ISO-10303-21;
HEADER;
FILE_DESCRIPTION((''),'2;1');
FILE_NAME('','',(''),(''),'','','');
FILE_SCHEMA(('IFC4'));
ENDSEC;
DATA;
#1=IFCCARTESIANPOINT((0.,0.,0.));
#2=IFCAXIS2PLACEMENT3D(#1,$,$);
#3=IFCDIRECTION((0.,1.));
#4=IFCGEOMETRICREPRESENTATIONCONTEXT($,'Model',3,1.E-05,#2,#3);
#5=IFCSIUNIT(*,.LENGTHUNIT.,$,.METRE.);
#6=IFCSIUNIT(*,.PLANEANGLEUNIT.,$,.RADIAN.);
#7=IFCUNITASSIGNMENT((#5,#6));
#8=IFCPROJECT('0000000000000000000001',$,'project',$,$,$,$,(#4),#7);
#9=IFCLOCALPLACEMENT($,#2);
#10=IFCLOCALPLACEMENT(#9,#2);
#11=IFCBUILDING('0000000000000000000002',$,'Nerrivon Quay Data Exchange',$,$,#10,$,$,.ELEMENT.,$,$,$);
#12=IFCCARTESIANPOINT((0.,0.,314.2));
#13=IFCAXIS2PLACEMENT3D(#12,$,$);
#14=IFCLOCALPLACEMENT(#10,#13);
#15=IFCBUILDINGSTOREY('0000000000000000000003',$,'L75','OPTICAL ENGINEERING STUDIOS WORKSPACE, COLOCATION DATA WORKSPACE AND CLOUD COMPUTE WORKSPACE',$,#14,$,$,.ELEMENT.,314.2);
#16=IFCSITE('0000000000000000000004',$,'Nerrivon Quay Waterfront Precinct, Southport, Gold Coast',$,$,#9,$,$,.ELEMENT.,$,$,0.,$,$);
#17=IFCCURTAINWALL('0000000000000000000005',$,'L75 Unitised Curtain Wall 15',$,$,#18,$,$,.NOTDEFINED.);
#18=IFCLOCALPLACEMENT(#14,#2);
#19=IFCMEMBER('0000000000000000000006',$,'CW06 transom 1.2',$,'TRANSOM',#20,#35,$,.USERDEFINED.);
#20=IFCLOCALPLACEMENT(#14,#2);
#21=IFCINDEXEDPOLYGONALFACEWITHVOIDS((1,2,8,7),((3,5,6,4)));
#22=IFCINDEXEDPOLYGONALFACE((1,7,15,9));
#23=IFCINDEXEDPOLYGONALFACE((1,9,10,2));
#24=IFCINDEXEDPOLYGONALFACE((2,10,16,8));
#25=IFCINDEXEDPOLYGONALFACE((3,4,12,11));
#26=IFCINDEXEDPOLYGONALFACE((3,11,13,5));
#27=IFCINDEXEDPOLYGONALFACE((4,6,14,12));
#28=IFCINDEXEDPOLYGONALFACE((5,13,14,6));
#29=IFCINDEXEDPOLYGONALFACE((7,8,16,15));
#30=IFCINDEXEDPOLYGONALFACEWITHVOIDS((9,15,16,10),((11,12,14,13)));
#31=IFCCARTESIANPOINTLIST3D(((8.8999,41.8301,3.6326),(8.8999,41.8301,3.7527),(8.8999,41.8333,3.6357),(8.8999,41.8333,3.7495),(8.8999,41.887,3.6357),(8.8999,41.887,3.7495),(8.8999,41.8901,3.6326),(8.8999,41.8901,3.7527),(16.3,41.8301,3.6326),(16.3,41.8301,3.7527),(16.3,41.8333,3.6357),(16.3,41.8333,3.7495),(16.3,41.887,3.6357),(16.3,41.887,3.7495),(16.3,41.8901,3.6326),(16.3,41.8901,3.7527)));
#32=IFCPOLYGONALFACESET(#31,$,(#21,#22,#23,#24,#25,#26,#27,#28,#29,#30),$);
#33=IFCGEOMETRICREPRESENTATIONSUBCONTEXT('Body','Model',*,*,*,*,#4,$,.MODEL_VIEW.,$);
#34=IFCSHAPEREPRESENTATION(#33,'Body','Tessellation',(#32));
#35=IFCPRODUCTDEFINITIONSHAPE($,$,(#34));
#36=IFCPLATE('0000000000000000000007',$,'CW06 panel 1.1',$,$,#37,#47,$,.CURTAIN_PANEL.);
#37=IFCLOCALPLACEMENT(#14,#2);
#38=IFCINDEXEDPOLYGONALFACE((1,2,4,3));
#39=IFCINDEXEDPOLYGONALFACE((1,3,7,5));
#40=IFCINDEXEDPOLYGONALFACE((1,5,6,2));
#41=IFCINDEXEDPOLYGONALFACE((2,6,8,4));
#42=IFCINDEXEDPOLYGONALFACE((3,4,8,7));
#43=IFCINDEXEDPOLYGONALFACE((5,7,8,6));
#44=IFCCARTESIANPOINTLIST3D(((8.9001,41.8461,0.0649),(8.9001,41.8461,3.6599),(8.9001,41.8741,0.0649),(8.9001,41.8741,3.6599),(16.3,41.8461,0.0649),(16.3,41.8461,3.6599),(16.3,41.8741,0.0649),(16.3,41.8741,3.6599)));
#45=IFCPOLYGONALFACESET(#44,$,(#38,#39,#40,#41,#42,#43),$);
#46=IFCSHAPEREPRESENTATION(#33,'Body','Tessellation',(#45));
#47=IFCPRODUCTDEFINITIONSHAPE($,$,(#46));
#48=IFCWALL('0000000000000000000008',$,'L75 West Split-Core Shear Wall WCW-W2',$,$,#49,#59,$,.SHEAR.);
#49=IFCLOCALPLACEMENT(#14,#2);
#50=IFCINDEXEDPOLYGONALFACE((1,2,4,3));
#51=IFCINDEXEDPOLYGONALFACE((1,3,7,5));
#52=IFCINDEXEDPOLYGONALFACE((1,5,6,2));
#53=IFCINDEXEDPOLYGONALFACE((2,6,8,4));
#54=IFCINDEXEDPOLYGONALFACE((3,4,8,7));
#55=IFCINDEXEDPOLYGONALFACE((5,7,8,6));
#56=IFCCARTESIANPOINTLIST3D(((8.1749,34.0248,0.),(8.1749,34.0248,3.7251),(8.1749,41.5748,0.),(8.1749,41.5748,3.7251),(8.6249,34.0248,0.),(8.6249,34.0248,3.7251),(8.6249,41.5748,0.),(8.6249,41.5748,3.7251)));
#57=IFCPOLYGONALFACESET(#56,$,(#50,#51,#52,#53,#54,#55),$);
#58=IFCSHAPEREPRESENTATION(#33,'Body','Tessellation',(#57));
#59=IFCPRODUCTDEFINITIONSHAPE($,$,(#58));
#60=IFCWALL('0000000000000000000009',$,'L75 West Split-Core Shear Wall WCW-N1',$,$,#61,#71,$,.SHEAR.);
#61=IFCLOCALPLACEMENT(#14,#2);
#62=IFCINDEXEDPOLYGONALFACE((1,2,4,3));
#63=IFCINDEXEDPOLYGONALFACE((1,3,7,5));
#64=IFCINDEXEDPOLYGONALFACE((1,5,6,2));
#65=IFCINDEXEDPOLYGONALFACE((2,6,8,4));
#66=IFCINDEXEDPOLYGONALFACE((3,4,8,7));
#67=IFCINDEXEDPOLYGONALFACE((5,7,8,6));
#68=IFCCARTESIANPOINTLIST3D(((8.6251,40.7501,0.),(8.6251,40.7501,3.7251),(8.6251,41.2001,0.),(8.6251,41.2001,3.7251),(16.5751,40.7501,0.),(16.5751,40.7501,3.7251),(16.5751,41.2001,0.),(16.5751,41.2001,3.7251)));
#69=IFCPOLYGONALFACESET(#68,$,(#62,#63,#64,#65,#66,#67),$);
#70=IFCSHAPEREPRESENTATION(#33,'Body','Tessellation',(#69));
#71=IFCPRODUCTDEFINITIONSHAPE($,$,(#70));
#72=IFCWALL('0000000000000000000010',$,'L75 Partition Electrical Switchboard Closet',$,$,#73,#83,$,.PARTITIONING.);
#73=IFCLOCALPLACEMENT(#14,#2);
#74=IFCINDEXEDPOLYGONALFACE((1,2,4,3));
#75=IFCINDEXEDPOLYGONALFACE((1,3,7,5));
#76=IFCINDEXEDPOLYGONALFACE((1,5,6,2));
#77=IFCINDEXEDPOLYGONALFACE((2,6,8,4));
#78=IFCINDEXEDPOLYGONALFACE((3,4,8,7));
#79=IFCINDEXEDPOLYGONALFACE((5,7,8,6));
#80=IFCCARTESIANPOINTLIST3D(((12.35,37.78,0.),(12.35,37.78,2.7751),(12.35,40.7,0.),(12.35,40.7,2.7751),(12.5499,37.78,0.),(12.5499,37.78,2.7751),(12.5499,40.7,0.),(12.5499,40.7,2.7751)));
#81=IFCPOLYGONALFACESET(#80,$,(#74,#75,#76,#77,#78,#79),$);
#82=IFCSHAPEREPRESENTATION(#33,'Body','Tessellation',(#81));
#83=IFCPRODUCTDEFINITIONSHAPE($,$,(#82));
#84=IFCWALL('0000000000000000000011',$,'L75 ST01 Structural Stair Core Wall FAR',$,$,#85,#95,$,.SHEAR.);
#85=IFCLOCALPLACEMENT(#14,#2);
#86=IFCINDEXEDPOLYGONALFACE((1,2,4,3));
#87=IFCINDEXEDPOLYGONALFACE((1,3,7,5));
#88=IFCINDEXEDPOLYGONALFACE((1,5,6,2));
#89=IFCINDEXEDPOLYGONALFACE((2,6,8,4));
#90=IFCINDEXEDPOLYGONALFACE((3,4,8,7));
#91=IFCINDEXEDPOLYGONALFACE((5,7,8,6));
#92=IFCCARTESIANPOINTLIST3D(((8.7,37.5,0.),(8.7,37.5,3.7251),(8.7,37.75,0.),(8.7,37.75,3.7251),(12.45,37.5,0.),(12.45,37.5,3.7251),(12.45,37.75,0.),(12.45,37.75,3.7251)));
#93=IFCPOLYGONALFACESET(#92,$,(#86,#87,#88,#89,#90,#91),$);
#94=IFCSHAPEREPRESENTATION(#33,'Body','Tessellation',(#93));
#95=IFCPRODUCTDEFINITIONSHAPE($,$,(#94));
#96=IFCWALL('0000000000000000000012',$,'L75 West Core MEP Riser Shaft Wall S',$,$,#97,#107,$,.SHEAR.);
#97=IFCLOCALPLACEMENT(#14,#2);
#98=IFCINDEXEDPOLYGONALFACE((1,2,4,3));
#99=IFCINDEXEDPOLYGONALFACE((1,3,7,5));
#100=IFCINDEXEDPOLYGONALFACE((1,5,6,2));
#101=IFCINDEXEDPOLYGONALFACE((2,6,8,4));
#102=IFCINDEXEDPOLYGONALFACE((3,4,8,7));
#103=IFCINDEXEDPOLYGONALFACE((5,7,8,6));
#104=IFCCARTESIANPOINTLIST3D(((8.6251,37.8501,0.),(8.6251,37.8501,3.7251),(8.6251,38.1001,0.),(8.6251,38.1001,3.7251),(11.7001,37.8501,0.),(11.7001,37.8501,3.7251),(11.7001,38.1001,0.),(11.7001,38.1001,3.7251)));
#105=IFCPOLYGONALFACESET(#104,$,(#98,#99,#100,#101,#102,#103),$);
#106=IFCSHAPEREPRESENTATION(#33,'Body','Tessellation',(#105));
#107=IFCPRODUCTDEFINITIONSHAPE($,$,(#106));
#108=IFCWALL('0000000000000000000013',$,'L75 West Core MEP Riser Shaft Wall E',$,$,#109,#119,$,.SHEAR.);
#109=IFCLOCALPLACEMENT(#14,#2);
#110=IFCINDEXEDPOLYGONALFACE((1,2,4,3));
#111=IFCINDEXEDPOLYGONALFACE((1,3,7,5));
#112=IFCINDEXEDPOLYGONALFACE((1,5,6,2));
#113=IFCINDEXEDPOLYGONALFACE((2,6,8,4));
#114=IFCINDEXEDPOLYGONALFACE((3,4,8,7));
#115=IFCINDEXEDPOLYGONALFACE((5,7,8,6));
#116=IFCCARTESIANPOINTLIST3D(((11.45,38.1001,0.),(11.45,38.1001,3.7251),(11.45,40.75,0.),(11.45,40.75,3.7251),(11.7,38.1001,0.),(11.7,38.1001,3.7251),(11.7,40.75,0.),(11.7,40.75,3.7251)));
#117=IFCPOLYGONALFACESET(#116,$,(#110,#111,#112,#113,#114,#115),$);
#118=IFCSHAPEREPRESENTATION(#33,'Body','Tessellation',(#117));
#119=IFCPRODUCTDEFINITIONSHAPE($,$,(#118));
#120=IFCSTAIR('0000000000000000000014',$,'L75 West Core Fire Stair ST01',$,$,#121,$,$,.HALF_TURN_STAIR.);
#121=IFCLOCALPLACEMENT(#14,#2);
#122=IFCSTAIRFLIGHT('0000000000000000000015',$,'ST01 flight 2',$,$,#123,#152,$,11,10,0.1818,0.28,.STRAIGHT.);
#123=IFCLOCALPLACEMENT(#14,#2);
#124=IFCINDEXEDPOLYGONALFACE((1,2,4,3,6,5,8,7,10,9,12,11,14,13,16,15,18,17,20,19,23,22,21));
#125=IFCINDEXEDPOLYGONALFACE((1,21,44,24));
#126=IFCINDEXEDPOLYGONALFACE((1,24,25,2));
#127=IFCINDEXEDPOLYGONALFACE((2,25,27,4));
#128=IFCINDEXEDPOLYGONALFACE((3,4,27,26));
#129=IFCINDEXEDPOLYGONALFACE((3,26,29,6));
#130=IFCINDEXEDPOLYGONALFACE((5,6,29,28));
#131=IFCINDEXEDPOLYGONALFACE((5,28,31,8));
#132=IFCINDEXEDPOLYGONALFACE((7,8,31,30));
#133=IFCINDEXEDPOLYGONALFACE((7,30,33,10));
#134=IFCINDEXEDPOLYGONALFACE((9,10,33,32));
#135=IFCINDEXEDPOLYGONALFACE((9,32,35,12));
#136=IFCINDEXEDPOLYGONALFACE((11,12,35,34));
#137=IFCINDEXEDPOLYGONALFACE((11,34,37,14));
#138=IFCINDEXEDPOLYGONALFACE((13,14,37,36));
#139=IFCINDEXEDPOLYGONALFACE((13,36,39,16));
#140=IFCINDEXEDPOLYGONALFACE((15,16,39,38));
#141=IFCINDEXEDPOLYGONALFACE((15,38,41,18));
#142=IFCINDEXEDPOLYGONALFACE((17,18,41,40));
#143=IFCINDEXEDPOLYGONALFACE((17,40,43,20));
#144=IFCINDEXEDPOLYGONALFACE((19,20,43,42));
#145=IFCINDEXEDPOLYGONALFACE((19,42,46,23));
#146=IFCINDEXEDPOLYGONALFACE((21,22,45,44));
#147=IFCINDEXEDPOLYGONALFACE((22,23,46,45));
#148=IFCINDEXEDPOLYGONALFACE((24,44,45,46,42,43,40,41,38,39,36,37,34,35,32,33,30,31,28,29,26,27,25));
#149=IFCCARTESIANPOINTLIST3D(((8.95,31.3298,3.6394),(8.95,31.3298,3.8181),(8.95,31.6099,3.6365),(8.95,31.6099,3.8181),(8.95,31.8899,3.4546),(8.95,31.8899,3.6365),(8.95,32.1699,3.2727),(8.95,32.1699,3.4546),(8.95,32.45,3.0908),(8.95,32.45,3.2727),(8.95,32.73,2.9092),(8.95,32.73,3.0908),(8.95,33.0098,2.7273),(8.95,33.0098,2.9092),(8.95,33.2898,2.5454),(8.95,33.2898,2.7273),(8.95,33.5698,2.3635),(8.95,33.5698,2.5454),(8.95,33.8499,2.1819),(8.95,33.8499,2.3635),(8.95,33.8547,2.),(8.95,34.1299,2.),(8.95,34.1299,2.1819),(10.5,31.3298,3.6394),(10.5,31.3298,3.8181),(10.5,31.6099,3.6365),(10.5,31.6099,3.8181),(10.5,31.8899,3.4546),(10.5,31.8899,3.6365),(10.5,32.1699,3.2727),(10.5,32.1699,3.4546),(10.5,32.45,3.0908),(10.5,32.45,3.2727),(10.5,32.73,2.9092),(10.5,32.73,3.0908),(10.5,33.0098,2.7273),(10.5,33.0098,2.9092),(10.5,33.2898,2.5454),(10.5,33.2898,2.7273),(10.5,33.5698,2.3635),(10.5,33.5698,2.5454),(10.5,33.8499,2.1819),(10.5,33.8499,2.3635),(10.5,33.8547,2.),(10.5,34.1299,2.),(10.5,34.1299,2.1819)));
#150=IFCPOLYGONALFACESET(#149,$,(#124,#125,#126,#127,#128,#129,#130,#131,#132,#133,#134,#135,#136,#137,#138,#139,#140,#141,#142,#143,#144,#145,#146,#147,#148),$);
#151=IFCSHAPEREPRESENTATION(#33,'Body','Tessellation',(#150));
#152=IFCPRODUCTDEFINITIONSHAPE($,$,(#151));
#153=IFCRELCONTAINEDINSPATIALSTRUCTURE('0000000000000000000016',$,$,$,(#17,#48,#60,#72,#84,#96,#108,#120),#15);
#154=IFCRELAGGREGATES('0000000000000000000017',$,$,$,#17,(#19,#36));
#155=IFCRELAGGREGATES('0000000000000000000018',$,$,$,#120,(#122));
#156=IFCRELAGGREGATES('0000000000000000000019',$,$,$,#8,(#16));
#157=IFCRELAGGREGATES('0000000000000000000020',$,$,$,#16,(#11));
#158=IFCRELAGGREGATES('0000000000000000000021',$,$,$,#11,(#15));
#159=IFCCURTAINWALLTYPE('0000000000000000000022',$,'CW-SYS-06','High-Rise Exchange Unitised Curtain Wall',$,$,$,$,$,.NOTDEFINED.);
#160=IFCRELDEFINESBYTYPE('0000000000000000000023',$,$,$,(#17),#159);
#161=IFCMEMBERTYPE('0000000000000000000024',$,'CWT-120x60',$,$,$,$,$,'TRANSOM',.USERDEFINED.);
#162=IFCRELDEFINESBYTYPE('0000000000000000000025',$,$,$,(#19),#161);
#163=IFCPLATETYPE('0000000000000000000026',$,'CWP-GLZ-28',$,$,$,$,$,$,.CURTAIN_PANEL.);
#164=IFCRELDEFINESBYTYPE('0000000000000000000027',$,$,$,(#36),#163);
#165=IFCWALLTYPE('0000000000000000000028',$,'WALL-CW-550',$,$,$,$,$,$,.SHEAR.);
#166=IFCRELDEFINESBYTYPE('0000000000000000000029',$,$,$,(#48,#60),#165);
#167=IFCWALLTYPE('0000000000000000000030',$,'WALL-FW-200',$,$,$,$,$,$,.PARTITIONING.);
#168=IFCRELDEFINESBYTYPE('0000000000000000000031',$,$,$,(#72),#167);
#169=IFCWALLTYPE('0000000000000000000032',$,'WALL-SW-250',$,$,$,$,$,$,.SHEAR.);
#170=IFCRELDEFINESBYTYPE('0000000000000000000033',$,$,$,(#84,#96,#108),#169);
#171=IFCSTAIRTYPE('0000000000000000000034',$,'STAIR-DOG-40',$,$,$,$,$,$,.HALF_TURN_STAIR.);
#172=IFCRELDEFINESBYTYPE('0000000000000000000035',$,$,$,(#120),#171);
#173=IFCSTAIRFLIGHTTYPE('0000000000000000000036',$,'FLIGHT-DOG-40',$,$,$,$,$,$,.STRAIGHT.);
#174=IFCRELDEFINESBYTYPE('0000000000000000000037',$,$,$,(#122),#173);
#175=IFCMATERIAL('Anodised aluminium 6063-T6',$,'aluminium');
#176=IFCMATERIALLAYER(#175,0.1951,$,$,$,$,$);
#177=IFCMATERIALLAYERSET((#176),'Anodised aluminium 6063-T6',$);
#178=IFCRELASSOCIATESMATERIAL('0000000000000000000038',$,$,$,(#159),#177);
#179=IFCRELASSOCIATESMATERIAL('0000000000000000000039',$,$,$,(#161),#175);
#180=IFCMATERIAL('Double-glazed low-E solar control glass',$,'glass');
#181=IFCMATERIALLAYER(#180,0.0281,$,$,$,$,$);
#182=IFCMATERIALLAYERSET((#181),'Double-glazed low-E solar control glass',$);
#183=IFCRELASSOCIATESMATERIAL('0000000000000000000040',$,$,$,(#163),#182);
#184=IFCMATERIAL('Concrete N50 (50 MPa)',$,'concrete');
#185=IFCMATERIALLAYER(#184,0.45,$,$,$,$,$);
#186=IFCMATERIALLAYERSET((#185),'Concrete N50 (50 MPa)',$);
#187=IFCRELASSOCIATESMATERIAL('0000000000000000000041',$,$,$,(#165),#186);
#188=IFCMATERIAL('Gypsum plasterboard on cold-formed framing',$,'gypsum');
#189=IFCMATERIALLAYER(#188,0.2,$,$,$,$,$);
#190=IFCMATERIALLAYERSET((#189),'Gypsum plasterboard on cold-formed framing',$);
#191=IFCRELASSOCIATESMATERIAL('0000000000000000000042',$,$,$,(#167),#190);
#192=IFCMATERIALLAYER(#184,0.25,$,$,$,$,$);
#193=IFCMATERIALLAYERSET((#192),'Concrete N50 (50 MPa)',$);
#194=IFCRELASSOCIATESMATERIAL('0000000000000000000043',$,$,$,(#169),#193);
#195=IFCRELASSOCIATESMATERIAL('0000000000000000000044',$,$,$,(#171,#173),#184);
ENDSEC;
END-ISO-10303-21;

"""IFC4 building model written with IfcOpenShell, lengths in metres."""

from ifc_helpers import new_model, si_unit, direction, frame, frame_2d, origin, origin_2d, place, context, subcontext, project, spatial, polyline, rectangle, hollow_rectangle, outline, extrude, material, layer, layer_set, material_profile, profile_set, type_object, element, aggregate, save


model = new_model("IFC4")

# Units and contexts
model_context = context("Model", 3, precision=1e-05, world=origin(), true_north=direction((0.0, 1.0)))
body_context = subcontext(model_context, "Body", "Model", "MODEL_VIEW")
ifc_project = project(units=[si_unit("LENGTHUNIT", "METRE"), si_unit("PLANEANGLEUNIT", "RADIAN")], contexts=[model_context])

# Site, building, storey
site_placement = place(None, origin())
site = spatial("IfcSite", under=ifc_project, at=site_placement, Name="Nerrivon Quay Waterfront Precinct, Southport, Gold Coast", CompositionType="ELEMENT", RefElevation=0.0)
building_placement = place(site_placement, origin())
building = spatial("IfcBuilding", under=site, at=building_placement, Name="Nerrivon Quay Data Exchange", CompositionType="ELEMENT")
storey_placement = place(building_placement, frame((0.0, 0.0, 314.2)))
storey = spatial("IfcBuildingStorey", under=building, at=storey_placement, Name="L75", Description="OPTICAL ENGINEERING STUDIOS WORKSPACE, COLOCATION DATA WORKSPACE AND CLOUD COMPUTE WORKSPACE", CompositionType="ELEMENT", Elevation=314.2)

# Shared definitions
ifc_material_1 = material(Name="Concrete N50 (50 MPa)", Category="concrete")

# Curtain wall, member, plate
ifc_material_2 = material(Name="Anodised aluminium 6063-T6", Category="aluminium")
ifc_layer_1 = layer(ifc_material_2, 0.1951)
ifc_layer_set_1 = layer_set([ifc_layer_1], Name="Anodised aluminium 6063-T6")
curtain_wall_type = type_object("IfcCurtainWallType", Name="CW-SYS-06", Description="High-Rise Exchange Unitised Curtain Wall", PredefinedType="NOTDEFINED", material=ifc_layer_set_1)
curtain_wall_placement = place(storey_placement, origin())
curtain_wall = element("IfcCurtainWall", 1, at=curtain_wall_placement, inside=storey, type_object=curtain_wall_type, Name="L75 Unitised Curtain Wall 15", PredefinedType="NOTDEFINED")
ifc_material_profile_1 = material_profile(ifc_material_2, hollow_rectangle(XDim=0.0601, YDim=0.1201, WallThickness=0.0032, at=origin_2d()), Name="ALU-TRAN-120x60")
ifc_profile_set_1 = profile_set([ifc_material_profile_1], Name="Anodised aluminium 6063-T6")
member_type_1 = type_object("IfcMemberType", Name="CWT-120x60", ElementType="TRANSOM", PredefinedType="USERDEFINED", material=ifc_profile_set_1)
member_1_placement = place(storey_placement, frame((8.8999, 41.8601, 3.6926), z_axis=(1.0, 0.0, 0.0), x_axis=(0.0, 1.0, 0.0)))
member_1 = element("IfcMember", 2, at=member_1_placement, type_object=member_type_1, Name="CW06 transom 1.2", ObjectType="TRANSOM", PredefinedType="USERDEFINED", context=body_context, shape_type="SweptSolid", body=[
    extrude(hollow_rectangle(XDim=0.0601, YDim=0.1201, WallThickness=0.0032, at=origin_2d()), origin(), (0.0, 0.0, 1.0), 7.4001),
])
ifc_material_3 = material(Name="Double-glazed low-E solar control glass", Category="glass")
ifc_layer_2 = layer(ifc_material_3, 0.0281)
ifc_layer_set_2 = layer_set([ifc_layer_2], Name="Double-glazed low-E solar control glass")
plate_type = type_object("IfcPlateType", Name="CWP-GLZ-28", PredefinedType="CURTAIN_PANEL", material=ifc_layer_set_2)
plate_placement = place(storey_placement, frame((12.6001, 41.8601, 0.0649), z_axis=(0.0, 0.0, 1.0), x_axis=(1.0, 0.0, 0.0)))
plate = element("IfcPlate", 3, at=plate_placement, type_object=plate_type, Name="CW06 panel 1.1", PredefinedType="CURTAIN_PANEL", context=body_context, shape_type="SweptSolid", body=[
    extrude(rectangle(XDim=7.3999, YDim=0.0281, at=origin_2d()), origin(), (0.0, 0.0, 1.0), 3.595),
])
aggregate(curtain_wall, [member_1, plate])

# Walls
ifc_layer_3 = layer(ifc_material_1, 0.45)
ifc_layer_set_3 = layer_set([ifc_layer_3], Name="Concrete N50 (50 MPa)")
wall_type_1 = type_object("IfcWallType", Name="WALL-CW-550", PredefinedType="SHEAR", material=ifc_layer_set_3)
wall_1_placement = place(storey_placement, frame((8.3999, 34.0249, 0.0), z_axis=(0.0, 0.0, 1.0), x_axis=(0.0, 1.0, 0.0)))
element("IfcWall", 4, at=wall_1_placement, inside=storey, type_object=wall_type_1, Name="L75 West Split-Core Shear Wall WCW-W2", PredefinedType="SHEAR", context=body_context, shape_type="SweptSolid", body=[
    extrude(rectangle(XDim=7.55, YDim=0.45, at=frame_2d((3.7749, 0.0))), origin(), (0.0, 0.0, 1.0), 3.7251),
])
wall_2_placement = place(storey_placement, frame((8.625, 40.9751, 0.0), z_axis=(0.0, 0.0, 1.0), x_axis=(1.0, 0.0, 0.0)))
element("IfcWall", 5, at=wall_2_placement, inside=storey, type_object=wall_type_1, Name="L75 West Split-Core Shear Wall WCW-N1", PredefinedType="SHEAR", context=body_context, shape_type="SweptSolid", body=[
    extrude(rectangle(XDim=7.95, YDim=0.45, at=frame_2d((3.9751, 0.0))), origin(), (0.0, 0.0, 1.0), 3.7251),
])

# Shared definitions
ifc_material_4 = material(Name="Gypsum plasterboard on cold-formed framing", Category="gypsum")
ifc_layer_4 = layer(ifc_material_4, 0.2)
ifc_layer_set_4 = layer_set([ifc_layer_4], Name="Gypsum plasterboard on cold-formed framing")
wall_type_2 = type_object("IfcWallType", Name="WALL-FW-200", PredefinedType="PARTITIONING", material=ifc_layer_set_4)

# Walls
wall_3_placement = place(storey_placement, frame((12.45, 40.7, 0.0), z_axis=(0.0, 0.0, 1.0), x_axis=(0.0, -1.0, 0.0)))
element("IfcWall", 6, at=wall_3_placement, inside=storey, type_object=wall_type_2, Name="L75 Partition Electrical Switchboard Closet", PredefinedType="PARTITIONING", context=body_context, shape_type="SweptSolid", body=[
    extrude(rectangle(XDim=2.9199, YDim=0.2, at=frame_2d((1.46, 0.0))), origin(), (0.0, 0.0, 1.0), 2.7751),
])
ifc_layer_5 = layer(ifc_material_1, 0.25)
ifc_layer_set_5 = layer_set([ifc_layer_5], Name="Concrete N50 (50 MPa)")
wall_type_3 = type_object("IfcWallType", Name="WALL-SW-250", PredefinedType="SHEAR", material=ifc_layer_set_5)
wall_4_placement = place(storey_placement, frame((12.45, 37.625, 0.0), z_axis=(0.0, 0.0, 1.0), x_axis=(-1.0, 0.0, 0.0)))
element("IfcWall", 7, at=wall_4_placement, inside=storey, type_object=wall_type_3, Name="L75 ST01 Structural Stair Core Wall FAR", PredefinedType="SHEAR", context=body_context, shape_type="SweptSolid", body=[
    extrude(rectangle(XDim=3.75, YDim=0.25, at=frame_2d((1.875, 0.0))), origin(), (0.0, 0.0, 1.0), 3.7251),
])
wall_5_placement = place(storey_placement, frame((8.625, 37.9751, 0.0), z_axis=(0.0, 0.0, 1.0), x_axis=(1.0, 0.0, 0.0)))
element("IfcWall", 8, at=wall_5_placement, inside=storey, type_object=wall_type_3, Name="L75 West Core MEP Riser Shaft Wall S", PredefinedType="SHEAR", context=body_context, shape_type="SweptSolid", body=[
    extrude(rectangle(XDim=3.075, YDim=0.25, at=frame_2d((1.5376, 0.0))), origin(), (0.0, 0.0, 1.0), 3.7251),
])
wall_6_placement = place(storey_placement, frame((11.575, 38.1001, 0.0), z_axis=(0.0, 0.0, 1.0), x_axis=(0.0, 1.0, 0.0)))
element("IfcWall", 9, at=wall_6_placement, inside=storey, type_object=wall_type_3, Name="L75 West Core MEP Riser Shaft Wall E", PredefinedType="SHEAR", context=body_context, shape_type="SweptSolid", body=[
    extrude(rectangle(XDim=2.6499, YDim=0.25, at=frame_2d((1.325, 0.0))), origin(), (0.0, 0.0, 1.0), 3.7251),
])

# Stair, stair flight
stair_type = type_object("IfcStairType", Name="STAIR-DOG-40", PredefinedType="HALF_TURN_STAIR", material=ifc_material_1)
stair_placement = place(storey_placement, origin())
stair = element("IfcStair", 10, at=stair_placement, inside=storey, type_object=stair_type, Name="L75 West Core Fire Stair ST01", PredefinedType="HALF_TURN_STAIR")
stair_flight_type = type_object("IfcStairFlightType", Name="FLIGHT-DOG-40", PredefinedType="STRAIGHT", material=ifc_material_1)
stair_flight_placement = place(storey_placement, frame((9.7251, 34.1299, 2.0), z_axis=(0.0, 0.0, 1.0), x_axis=(0.0, -1.0, 0.0)))
stair_flight = element("IfcStairFlight", 11, at=stair_flight_placement, type_object=stair_flight_type, Name="ST01 flight 2", NumberOfRisers=11, NumberOfTreads=10, PredefinedType="STRAIGHT", RiserHeight=0.1818, TreadLength=0.28, context=body_context, shape_type="SweptSolid", body=[
    extrude(outline(polyline([(0.0, 0.0), (0.0, 0.1819), (0.28, 0.1819), (0.28, 0.3635), (0.5601, 0.3635), (0.5601, 0.5454), (0.8401, 0.5454), (0.8401, 0.7273), (1.1201, 0.7273), (1.1201, 0.9092), (1.3999, 0.9092), (1.3999, 1.0908), (1.6799, 1.0908), (1.6799, 1.2727), (1.96, 1.2727), (1.96, 1.4546), (2.24, 1.4546), (2.24, 1.6365), (2.52, 1.6365), (2.52, 1.8181), (2.8, 1.8181), (2.8, 2.0), (2.8, 1.6394), (0.2751, 0.0), (0.0, 0.0)])), frame((0.0, 0.7749, 0.0), z_axis=(0.0, -1.0, 0.0), x_axis=(1.0, 0.0, 0.0)), (0.0, 0.0, 1.0), 1.55),
])
aggregate(stair, [stair_flight])

save(model, "model.ifc")
